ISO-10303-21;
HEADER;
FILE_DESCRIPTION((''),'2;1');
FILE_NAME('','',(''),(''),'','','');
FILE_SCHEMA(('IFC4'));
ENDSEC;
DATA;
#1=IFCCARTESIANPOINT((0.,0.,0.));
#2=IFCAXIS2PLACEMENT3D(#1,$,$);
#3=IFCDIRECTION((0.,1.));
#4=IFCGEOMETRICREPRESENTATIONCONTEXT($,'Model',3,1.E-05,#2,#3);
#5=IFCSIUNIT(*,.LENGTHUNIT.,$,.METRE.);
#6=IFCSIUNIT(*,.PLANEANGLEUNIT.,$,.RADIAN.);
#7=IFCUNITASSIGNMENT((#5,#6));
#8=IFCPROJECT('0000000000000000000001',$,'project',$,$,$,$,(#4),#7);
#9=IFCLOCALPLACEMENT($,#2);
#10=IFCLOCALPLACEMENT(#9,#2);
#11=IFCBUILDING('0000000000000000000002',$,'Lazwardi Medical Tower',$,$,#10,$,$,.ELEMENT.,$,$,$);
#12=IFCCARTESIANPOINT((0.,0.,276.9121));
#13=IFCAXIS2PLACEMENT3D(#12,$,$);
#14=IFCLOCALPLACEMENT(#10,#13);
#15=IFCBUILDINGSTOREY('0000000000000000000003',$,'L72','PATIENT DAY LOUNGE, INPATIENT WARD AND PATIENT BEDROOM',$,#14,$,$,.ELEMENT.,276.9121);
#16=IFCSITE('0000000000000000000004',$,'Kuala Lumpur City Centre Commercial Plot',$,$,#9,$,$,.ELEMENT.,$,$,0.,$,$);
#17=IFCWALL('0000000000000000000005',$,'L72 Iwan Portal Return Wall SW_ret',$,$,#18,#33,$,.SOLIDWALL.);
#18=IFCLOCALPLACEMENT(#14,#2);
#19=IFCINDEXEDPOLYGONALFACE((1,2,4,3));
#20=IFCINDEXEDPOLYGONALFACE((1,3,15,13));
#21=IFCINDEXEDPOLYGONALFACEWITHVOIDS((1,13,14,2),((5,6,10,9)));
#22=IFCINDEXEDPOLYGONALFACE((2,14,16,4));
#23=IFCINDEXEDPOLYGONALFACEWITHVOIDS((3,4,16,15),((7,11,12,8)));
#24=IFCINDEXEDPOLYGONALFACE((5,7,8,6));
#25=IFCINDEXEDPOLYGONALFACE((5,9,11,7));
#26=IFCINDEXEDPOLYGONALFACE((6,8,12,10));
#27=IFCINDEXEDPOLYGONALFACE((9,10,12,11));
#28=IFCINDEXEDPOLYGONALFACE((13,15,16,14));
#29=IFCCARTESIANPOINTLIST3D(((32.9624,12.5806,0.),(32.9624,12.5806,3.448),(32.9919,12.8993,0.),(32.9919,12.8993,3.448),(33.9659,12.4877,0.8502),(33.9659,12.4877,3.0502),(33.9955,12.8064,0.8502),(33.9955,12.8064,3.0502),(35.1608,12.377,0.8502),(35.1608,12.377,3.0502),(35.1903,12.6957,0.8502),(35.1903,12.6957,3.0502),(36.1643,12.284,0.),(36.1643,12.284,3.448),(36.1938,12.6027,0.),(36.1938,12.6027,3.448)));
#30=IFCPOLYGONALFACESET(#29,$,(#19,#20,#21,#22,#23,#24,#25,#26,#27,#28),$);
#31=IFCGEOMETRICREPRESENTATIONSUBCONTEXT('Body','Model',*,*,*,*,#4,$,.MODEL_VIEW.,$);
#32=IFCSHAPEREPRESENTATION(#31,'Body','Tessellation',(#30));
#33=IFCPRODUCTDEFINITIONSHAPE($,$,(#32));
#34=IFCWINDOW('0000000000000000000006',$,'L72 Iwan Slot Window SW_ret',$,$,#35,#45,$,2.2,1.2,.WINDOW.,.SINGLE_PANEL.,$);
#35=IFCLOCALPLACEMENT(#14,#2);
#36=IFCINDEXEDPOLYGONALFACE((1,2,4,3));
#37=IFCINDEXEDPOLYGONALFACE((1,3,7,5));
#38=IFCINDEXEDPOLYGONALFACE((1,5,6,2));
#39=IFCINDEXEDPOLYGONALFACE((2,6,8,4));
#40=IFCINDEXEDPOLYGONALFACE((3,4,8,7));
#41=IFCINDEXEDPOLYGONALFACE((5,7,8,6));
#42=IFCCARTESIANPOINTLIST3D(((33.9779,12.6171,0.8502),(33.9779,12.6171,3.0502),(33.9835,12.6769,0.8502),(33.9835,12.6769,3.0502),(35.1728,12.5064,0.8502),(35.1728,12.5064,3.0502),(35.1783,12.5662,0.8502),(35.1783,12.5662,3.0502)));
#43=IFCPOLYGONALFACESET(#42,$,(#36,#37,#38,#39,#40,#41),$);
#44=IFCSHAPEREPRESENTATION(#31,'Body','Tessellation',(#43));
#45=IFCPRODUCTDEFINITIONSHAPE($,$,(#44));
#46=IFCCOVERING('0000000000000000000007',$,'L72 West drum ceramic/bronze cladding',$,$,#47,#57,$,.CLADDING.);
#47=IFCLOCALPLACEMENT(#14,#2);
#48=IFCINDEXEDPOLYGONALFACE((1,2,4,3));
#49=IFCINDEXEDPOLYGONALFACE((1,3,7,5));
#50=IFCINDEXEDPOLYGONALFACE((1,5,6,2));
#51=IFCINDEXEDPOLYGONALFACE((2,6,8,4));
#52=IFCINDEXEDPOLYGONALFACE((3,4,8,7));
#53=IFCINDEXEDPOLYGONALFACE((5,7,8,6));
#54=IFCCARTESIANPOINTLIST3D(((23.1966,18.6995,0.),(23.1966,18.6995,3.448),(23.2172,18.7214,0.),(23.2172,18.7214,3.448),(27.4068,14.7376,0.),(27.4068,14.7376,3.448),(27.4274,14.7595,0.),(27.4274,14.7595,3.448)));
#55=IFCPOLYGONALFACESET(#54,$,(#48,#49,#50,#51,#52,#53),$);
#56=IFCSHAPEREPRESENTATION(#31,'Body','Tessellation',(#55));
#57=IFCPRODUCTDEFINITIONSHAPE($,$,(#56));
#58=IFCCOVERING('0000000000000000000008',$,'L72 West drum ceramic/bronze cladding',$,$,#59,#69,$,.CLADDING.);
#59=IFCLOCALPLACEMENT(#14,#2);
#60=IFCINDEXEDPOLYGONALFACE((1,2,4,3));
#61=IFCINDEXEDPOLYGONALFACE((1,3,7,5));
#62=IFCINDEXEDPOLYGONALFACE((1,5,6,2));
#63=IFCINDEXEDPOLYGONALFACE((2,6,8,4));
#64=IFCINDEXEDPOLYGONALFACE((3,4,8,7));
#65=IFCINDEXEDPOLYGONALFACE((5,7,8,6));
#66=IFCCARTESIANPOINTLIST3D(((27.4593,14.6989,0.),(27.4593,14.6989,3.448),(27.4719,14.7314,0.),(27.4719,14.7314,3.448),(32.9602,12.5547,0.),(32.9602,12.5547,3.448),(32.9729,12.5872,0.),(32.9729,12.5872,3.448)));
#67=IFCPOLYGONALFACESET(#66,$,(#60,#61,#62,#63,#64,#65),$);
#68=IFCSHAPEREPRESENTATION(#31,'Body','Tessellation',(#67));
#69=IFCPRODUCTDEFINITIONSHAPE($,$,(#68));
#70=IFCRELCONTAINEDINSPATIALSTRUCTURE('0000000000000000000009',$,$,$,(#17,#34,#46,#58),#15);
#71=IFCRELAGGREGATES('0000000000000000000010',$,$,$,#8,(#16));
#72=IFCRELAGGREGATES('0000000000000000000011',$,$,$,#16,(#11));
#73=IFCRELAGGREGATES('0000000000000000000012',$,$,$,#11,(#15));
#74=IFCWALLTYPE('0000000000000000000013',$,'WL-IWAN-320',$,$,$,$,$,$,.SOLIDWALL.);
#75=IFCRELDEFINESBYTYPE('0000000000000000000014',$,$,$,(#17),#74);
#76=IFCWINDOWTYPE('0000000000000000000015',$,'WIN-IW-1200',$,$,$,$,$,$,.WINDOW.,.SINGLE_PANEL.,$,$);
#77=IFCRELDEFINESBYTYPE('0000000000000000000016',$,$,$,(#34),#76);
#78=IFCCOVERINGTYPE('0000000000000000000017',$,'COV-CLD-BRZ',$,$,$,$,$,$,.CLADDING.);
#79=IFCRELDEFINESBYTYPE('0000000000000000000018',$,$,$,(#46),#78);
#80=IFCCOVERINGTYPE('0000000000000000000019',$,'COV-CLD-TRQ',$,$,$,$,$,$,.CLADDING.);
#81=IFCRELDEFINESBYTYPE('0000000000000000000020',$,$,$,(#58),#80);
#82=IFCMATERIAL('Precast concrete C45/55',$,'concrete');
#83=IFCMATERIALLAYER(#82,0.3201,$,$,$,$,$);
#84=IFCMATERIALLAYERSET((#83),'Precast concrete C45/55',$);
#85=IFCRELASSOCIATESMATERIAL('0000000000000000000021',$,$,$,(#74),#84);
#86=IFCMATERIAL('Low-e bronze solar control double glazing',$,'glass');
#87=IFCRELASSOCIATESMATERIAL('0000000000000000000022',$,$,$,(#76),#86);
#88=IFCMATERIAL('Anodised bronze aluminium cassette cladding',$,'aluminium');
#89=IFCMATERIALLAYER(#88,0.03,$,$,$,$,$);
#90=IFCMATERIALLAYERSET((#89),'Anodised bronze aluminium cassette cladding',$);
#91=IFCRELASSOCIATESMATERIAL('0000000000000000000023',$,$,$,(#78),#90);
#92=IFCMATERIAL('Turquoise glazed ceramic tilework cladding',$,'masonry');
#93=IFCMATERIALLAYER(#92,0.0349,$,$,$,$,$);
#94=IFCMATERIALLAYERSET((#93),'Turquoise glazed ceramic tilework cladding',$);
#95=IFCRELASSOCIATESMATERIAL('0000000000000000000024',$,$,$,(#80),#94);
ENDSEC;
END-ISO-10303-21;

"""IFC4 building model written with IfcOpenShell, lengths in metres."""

from ifc_helpers import new_model, si_unit, direction, frame, frame_2d, origin, origin_2d, place, context, subcontext, project, spatial, rectangle, extrude, material, layer, layer_set, type_object, element, fill, save


model = new_model("IFC4")

# Units and contexts
model_context = context("Model", 3, precision=1e-05, world=origin(), true_north=direction((0.0, 1.0)))
body_context = subcontext(model_context, "Body", "Model", "MODEL_VIEW")
ifc_project = project(units=[si_unit("LENGTHUNIT", "METRE"), si_unit("PLANEANGLEUNIT", "RADIAN")], contexts=[model_context])

# Site, building, storey
site_placement = place(None, origin())
site = spatial("IfcSite", under=ifc_project, at=site_placement, Name="Kuala Lumpur City Centre Commercial Plot", CompositionType="ELEMENT", RefElevation=0.0)
building_placement = place(site_placement, origin())
building = spatial("IfcBuilding", under=site, at=building_placement, Name="Lazwardi Medical Tower", CompositionType="ELEMENT")
storey_placement = place(building_placement, frame((0.0, 0.0, 276.9121)))
storey = spatial("IfcBuildingStorey", under=building, at=storey_placement, Name="L72", Description="PATIENT DAY LOUNGE, INPATIENT WARD AND PATIENT BEDROOM", CompositionType="ELEMENT", Elevation=276.9121)

# Wall, opening, window
ifc_material_1 = material(Name="Precast concrete C45/55", Category="concrete")
ifc_material_2 = material(Name="Low-e bronze solar control double glazing", Category="glass")
ifc_layer_1 = layer(ifc_material_1, 0.3201)
ifc_layer_set_1 = layer_set([ifc_layer_1], Name="Precast concrete C45/55")
wall_type_1 = type_object("IfcWallType", Name="WL-IWAN-320", PredefinedType="SOLIDWALL", material=ifc_layer_set_1)
wall_1_placement = place(storey_placement, frame((32.9771, 12.74, 0.0), z_axis=(0.0, 0.0, 1.0), x_axis=(0.995736, -0.092247, 0.0)))
wall_1 = element("IfcWall", 1, at=wall_1_placement, inside=storey, type_object=wall_type_1, Name="L72 Iwan Portal Return Wall SW_ret", PredefinedType="SOLIDWALL", context=body_context, shape_type="SweptSolid", body=[
    extrude(rectangle(XDim=3.2156, YDim=0.3201, at=frame_2d((1.6079, 0.0))), origin(), (0.0, 0.0, 1.0), 3.448),
])
opening_1_placement = place(wall_1_placement, frame((1.0078, 0.0, 0.8501)))
opening_1 = element("IfcOpeningElement", 2, at=opening_1_placement, cuts=wall_1, PredefinedType="OPENING", context=body_context, shape_type="SweptSolid", body=[
    extrude(rectangle(XDim=1.2, YDim=2.2, at=frame_2d((0.6001, 1.1001))), frame((0.0, 0.1699, 0.0), z_axis=(0.0, -1.0, 0.0), x_axis=(1.0, 0.0, 0.0)), (0.0, 0.0, 1.0), 0.3401),
])
window_type_1 = type_object("IfcWindowType", Name="WIN-IW-1200", PartitioningType="SINGLE_PANEL", PredefinedType="WINDOW", material=ifc_material_2)
window_1_placement = place(opening_1_placement, origin())
window_1 = element("IfcWindow", 3, at=window_1_placement, inside=storey, type_object=window_type_1, Name="L72 Iwan Slot Window SW_ret", OverallHeight=2.2, OverallWidth=1.2, PartitioningType="SINGLE_PANEL", PredefinedType="WINDOW", context=body_context, shape_type="SweptSolid", body=[
    extrude(rectangle(XDim=1.2, YDim=2.2, at=frame_2d((0.6001, 1.1001))), frame((0.0, 0.03, 0.0), z_axis=(0.0, -1.0, 0.0), x_axis=(1.0, 0.0, 0.0)), (0.0, 0.0, 1.0), 0.0601),
])
fill(opening_1, window_1)

# Coverings
ifc_material_3 = material(Name="Anodised bronze aluminium cassette cladding", Category="aluminium")
ifc_layer_2 = layer(ifc_material_3, 0.03)
ifc_layer_set_2 = layer_set([ifc_layer_2], Name="Anodised bronze aluminium cassette cladding")
covering_type_1 = type_object("IfcCoveringType", Name="COV-CLD-BRZ", PredefinedType="CLADDING", material=ifc_layer_set_2)
covering_1_placement = place(storey_placement, frame((25.312, 16.7295, 0.0), z_axis=(0.0, 0.0, 1.0), x_axis=(0.728255, -0.685306, 0.0)))
element("IfcCovering", 4, at=covering_1_placement, inside=storey, type_object=covering_type_1, Name="L72 West drum ceramic/bronze cladding", PredefinedType="CLADDING", context=body_context, shape_type="SweptSolid", body=[
    extrude(rectangle(XDim=5.7812, YDim=0.03, at=origin_2d()), origin(), (0.0, 0.0, 1.0), 3.448),
])
ifc_material_4 = material(Name="Turquoise glazed ceramic tilework cladding", Category="masonry")
ifc_layer_3 = layer(ifc_material_4, 0.0349)
ifc_layer_set_3 = layer_set([ifc_layer_3], Name="Turquoise glazed ceramic tilework cladding")
covering_type_2 = type_object("IfcCoveringType", Name="COV-CLD-TRQ", PredefinedType="CLADDING", material=ifc_layer_set_3)
covering_2_placement = place(storey_placement, frame((30.2161, 13.6431, 0.0), z_axis=(0.0, 0.0, 1.0), x_axis=(0.93172, -0.363176, 0.0)))
element("IfcCovering", 5, at=covering_2_placement, inside=storey, type_object=covering_type_2, Name="L72 West drum ceramic/bronze cladding", PredefinedType="CLADDING", context=body_context, shape_type="SweptSolid", body=[
    extrude(rectangle(XDim=5.9041, YDim=0.0349, at=origin_2d()), origin(), (0.0, 0.0, 1.0), 3.448),
])

save(model, "model.ifc")
